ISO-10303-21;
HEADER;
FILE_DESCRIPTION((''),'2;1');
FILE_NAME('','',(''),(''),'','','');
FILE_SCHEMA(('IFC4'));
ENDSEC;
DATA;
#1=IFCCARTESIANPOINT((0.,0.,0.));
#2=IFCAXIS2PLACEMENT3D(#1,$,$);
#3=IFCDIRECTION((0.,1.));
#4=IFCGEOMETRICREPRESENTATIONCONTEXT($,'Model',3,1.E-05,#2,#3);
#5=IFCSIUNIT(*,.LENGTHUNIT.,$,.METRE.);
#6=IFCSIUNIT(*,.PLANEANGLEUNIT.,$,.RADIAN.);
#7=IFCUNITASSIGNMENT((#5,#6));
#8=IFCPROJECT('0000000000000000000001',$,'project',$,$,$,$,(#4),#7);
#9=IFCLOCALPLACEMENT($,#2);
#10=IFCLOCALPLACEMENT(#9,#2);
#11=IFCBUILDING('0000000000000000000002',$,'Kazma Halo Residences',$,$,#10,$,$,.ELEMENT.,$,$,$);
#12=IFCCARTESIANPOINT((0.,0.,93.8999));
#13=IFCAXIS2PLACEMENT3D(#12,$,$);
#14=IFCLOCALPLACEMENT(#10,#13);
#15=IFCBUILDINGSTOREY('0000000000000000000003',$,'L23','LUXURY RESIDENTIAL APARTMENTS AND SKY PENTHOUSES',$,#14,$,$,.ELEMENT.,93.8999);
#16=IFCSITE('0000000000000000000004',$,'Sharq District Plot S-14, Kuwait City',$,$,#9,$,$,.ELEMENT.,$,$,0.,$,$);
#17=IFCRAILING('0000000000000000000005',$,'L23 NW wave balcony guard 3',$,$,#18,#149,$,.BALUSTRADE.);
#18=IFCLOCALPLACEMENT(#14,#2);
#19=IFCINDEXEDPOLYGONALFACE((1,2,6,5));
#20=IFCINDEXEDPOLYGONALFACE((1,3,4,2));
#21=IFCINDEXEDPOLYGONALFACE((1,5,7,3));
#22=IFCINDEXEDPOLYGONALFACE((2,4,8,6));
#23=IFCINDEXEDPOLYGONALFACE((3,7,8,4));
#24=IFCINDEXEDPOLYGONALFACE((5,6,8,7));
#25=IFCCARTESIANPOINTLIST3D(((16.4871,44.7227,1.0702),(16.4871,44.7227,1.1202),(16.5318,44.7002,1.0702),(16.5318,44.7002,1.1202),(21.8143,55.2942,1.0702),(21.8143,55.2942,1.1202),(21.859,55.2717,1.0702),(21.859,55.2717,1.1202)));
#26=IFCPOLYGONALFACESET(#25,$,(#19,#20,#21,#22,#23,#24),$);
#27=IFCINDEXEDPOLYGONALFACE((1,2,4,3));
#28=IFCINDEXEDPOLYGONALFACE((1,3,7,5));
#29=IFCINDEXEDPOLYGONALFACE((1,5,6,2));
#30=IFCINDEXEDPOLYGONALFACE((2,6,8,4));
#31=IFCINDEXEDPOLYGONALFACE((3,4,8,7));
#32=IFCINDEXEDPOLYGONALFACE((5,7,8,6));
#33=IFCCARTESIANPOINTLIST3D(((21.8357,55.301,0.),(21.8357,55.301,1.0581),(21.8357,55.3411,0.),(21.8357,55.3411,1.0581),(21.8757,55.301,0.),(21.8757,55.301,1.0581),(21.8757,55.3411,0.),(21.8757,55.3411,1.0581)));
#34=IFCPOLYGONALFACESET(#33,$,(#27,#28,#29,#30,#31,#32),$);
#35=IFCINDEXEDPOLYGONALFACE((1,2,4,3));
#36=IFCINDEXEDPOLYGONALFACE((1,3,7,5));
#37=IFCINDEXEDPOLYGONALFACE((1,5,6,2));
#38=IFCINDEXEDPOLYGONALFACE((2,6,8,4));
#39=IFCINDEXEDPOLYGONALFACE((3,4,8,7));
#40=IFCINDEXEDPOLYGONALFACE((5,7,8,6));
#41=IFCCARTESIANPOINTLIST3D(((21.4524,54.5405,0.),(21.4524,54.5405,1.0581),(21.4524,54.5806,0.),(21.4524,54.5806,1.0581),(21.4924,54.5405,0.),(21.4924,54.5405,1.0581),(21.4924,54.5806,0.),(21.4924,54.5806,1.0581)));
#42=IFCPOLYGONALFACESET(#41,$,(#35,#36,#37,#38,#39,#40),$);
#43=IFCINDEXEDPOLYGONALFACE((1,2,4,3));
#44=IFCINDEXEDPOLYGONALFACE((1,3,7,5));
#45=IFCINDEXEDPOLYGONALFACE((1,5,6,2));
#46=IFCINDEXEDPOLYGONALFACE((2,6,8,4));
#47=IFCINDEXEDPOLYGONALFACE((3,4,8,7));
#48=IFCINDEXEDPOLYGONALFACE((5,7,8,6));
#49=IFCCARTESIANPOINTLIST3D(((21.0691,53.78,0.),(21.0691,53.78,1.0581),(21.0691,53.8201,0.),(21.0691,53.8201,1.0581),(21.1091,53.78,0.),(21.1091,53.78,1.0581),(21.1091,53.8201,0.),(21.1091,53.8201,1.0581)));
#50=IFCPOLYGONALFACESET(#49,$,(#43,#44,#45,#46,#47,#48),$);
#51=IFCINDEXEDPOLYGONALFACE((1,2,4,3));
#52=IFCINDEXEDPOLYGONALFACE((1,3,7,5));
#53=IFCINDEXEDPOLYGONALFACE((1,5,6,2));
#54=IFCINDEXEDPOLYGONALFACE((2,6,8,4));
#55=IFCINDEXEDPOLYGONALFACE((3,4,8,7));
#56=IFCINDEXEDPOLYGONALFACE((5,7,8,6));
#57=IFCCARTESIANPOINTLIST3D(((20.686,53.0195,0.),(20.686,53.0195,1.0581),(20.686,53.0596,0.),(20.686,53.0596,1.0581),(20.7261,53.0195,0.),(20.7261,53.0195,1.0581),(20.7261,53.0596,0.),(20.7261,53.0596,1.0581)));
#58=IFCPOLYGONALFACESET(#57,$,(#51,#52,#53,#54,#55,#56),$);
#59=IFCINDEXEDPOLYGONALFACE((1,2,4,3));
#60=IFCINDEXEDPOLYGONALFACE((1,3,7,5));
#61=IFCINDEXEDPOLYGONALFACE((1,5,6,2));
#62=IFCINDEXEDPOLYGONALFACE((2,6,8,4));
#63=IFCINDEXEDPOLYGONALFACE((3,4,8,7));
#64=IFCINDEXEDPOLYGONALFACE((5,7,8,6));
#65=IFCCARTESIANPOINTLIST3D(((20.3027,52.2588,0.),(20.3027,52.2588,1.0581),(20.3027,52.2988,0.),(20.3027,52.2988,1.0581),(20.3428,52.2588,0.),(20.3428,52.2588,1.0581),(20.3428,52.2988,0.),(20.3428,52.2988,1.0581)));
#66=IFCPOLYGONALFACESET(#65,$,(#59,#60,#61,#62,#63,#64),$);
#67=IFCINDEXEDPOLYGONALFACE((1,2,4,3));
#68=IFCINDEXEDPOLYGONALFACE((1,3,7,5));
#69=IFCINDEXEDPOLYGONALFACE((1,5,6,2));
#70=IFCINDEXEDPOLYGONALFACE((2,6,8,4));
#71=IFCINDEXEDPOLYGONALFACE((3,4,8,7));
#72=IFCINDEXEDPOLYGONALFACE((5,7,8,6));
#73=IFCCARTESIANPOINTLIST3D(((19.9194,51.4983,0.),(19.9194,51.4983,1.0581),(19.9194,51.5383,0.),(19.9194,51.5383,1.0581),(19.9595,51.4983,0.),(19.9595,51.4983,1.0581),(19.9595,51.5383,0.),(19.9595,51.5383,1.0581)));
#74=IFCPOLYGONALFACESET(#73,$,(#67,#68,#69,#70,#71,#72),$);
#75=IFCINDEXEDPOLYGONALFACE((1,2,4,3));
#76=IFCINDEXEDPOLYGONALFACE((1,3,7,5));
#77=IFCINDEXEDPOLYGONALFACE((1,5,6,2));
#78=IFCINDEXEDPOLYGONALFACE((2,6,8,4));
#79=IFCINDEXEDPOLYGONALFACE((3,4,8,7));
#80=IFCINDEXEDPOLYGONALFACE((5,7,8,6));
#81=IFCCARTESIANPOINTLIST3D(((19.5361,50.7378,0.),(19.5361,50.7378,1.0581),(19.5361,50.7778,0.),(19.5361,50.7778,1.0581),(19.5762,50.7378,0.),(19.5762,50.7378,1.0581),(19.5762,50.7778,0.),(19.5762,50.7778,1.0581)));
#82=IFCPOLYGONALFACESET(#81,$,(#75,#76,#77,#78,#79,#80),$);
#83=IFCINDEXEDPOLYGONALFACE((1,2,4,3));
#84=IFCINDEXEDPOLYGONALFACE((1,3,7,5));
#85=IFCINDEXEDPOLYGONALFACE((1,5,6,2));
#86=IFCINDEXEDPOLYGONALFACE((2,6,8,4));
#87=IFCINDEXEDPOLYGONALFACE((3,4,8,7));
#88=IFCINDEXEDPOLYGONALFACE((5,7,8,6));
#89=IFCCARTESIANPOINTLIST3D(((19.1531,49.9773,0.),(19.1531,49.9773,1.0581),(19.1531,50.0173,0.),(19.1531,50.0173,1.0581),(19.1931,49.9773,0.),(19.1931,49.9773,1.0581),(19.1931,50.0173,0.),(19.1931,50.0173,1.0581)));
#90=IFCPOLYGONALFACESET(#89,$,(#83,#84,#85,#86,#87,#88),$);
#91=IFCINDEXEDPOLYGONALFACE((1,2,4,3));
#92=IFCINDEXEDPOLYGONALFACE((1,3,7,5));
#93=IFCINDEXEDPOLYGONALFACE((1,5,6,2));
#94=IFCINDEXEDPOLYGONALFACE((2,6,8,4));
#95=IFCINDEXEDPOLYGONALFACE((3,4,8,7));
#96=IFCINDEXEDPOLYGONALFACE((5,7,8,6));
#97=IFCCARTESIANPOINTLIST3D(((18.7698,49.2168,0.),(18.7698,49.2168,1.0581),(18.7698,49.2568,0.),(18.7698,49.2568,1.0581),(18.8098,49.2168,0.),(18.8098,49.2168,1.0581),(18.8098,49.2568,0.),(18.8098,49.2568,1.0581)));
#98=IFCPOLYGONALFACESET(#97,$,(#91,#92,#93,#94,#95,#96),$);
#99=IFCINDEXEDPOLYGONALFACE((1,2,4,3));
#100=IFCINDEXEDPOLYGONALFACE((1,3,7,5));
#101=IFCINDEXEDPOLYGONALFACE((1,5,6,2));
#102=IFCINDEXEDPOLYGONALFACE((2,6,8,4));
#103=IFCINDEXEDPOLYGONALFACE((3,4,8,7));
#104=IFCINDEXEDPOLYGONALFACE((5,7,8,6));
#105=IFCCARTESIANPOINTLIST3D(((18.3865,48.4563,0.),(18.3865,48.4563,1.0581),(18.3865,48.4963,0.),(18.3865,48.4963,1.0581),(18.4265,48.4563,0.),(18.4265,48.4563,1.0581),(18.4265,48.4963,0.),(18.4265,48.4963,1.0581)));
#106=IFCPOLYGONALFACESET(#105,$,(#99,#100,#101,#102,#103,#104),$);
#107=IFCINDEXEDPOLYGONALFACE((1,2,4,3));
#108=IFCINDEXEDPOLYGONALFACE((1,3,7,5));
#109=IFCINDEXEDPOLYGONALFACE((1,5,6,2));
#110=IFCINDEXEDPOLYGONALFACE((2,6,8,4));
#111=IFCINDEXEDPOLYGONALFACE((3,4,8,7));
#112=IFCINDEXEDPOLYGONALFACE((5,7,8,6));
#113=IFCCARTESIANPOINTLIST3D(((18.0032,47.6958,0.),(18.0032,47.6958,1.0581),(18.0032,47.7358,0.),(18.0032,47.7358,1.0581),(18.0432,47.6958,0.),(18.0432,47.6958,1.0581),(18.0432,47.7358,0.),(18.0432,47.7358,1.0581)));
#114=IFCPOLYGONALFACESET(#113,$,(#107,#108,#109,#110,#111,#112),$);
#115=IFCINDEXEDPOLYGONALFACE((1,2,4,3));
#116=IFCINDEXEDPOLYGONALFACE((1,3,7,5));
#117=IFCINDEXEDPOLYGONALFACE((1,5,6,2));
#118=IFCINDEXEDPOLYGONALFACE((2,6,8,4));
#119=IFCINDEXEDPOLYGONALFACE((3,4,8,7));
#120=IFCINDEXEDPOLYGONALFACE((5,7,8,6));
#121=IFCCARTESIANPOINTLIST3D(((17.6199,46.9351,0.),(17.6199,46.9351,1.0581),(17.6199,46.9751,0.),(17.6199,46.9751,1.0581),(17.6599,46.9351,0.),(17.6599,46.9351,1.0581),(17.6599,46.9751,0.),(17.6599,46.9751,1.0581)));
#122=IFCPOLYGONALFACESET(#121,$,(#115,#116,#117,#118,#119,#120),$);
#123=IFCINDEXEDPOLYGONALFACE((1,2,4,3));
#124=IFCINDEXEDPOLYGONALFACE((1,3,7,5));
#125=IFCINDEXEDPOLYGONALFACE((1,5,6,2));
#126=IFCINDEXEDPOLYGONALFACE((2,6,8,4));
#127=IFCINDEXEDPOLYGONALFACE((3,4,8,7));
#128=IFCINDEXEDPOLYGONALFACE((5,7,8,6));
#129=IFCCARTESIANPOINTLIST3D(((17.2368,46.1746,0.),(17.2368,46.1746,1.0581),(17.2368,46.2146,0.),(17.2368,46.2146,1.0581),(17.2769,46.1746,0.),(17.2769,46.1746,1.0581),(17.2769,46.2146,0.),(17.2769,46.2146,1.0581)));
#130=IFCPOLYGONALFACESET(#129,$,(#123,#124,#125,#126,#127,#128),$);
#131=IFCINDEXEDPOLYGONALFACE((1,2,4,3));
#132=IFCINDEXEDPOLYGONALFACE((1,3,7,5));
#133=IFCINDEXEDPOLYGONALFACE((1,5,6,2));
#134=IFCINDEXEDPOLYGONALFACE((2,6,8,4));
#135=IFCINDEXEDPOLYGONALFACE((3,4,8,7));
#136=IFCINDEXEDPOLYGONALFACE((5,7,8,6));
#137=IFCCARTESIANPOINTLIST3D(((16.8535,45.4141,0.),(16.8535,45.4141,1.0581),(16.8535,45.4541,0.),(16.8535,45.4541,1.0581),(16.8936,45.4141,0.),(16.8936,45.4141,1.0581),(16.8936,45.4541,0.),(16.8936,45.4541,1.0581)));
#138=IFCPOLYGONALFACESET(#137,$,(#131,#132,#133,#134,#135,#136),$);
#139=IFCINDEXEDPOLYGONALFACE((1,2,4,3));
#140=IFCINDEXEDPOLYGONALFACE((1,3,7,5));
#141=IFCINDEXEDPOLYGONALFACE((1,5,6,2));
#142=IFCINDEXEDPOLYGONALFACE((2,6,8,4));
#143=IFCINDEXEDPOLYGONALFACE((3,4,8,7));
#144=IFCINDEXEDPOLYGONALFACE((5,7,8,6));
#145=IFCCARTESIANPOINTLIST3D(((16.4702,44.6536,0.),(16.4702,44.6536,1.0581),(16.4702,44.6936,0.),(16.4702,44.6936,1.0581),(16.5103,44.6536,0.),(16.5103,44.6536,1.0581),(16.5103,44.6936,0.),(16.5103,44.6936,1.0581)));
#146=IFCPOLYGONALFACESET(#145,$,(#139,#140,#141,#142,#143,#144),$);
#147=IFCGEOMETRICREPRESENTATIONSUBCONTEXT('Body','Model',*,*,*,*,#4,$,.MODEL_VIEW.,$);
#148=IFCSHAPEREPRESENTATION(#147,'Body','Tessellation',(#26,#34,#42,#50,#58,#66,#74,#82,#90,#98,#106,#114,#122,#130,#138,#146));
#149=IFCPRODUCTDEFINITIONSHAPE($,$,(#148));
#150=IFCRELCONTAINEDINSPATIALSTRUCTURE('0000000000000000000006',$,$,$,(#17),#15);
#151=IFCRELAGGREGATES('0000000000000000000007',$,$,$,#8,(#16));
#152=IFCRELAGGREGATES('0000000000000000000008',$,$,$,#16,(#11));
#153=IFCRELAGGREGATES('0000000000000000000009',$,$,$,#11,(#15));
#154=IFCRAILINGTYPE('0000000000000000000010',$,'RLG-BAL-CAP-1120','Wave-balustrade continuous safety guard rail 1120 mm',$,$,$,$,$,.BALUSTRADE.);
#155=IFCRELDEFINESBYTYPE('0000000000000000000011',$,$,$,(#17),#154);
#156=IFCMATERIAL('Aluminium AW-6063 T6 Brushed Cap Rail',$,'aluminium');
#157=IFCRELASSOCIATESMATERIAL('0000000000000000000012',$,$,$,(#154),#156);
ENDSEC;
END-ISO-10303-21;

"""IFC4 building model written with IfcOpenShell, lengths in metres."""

from ifc_helpers import new_model, si_unit, direction, frame, origin, origin_2d, place, context, subcontext, project, spatial, rectangle, extrude, material, type_object, element, save


model = new_model("IFC4")

# Units and contexts
model_context = context("Model", 3, precision=1e-05, world=origin(), true_north=direction((0.0, 1.0)))
body_context = subcontext(model_context, "Body", "Model", "MODEL_VIEW")
ifc_project = project(units=[si_unit("LENGTHUNIT", "METRE"), si_unit("PLANEANGLEUNIT", "RADIAN")], contexts=[model_context])

# Site, building, storey
site_placement = place(None, origin())
site = spatial("IfcSite", under=ifc_project, at=site_placement, Name="Sharq District Plot S-14, Kuwait City", CompositionType="ELEMENT", RefElevation=0.0)
building_placement = place(site_placement, origin())
building = spatial("IfcBuilding", under=site, at=building_placement, Name="Kazma Halo Residences", CompositionType="ELEMENT")
storey_placement = place(building_placement, frame((0.0, 0.0, 93.8999)))
storey = spatial("IfcBuildingStorey", under=building, at=storey_placement, Name="L23", Description="LUXURY RESIDENTIAL APARTMENTS AND SKY PENTHOUSES", CompositionType="ELEMENT", Elevation=93.8999)

# Railing
ifc_material_1 = material(Name="Aluminium AW-6063 T6 Brushed Cap Rail", Category="aluminium")
railing_type = type_object("IfcRailingType", Name="RLG-BAL-CAP-1120", Description="Wave-balustrade continuous safety guard rail 1120 mm", PredefinedType="BALUSTRADE", material=ifc_material_1)
railing_1_placement = place(storey_placement, frame((21.8557, 55.321, 0.0)))
element("IfcRailing", 1, at=railing_1_placement, inside=storey, type_object=railing_type, Name="L23 NW wave balcony guard 3", PredefinedType="BALUSTRADE", context=body_context, shape_type="SweptSolid", body=[
    extrude(rectangle(XDim=0.05, YDim=0.05, at=origin_2d()), frame((-0.019, -0.0381, 1.0952), z_axis=(-0.450013, -0.893022, 0.0), x_axis=(0.893022, -0.450013, 0.0)), (0.0, 0.0, 1.0), 11.8379),
    extrude(rectangle(XDim=0.04, YDim=0.04, at=origin_2d()), origin(), (0.0, 0.0, 1.0), 1.0581),
    extrude(rectangle(XDim=0.04, YDim=0.04, at=origin_2d()), frame((-0.3833, -0.7605, 0.0)), (0.0, 0.0, 1.0), 1.0581),
    extrude(rectangle(XDim=0.04, YDim=0.04, at=origin_2d()), frame((-0.7666, -1.521, 0.0)), (0.0, 0.0, 1.0), 1.0581),
    extrude(rectangle(XDim=0.04, YDim=0.04, at=origin_2d()), frame((-1.1497, -2.2815, 0.0)), (0.0, 0.0, 1.0), 1.0581),
    extrude(rectangle(XDim=0.04, YDim=0.04, at=origin_2d()), frame((-1.533, -3.0422, 0.0)), (0.0, 0.0, 1.0), 1.0581),
    extrude(rectangle(XDim=0.04, YDim=0.04, at=origin_2d()), frame((-1.9163, -3.8027, 0.0)), (0.0, 0.0, 1.0), 1.0581),
    extrude(rectangle(XDim=0.04, YDim=0.04, at=origin_2d()), frame((-2.2996, -4.5632, 0.0)), (0.0, 0.0, 1.0), 1.0581),
    extrude(rectangle(XDim=0.04, YDim=0.04, at=origin_2d()), frame((-2.6826, -5.3237, 0.0)), (0.0, 0.0, 1.0), 1.0581),
    extrude(rectangle(XDim=0.04, YDim=0.04, at=origin_2d()), frame((-3.0659, -6.0842, 0.0)), (0.0, 0.0, 1.0), 1.0581),
    extrude(rectangle(XDim=0.04, YDim=0.04, at=origin_2d()), frame((-3.4492, -6.8447, 0.0)), (0.0, 0.0, 1.0), 1.0581),
    extrude(rectangle(XDim=0.04, YDim=0.04, at=origin_2d()), frame((-3.8325, -7.6052, 0.0)), (0.0, 0.0, 1.0), 1.0581),
    extrude(rectangle(XDim=0.04, YDim=0.04, at=origin_2d()), frame((-4.2158, -8.366, 0.0)), (0.0, 0.0, 1.0), 1.0581),
    extrude(rectangle(XDim=0.04, YDim=0.04, at=origin_2d()), frame((-4.5989, -9.1265, 0.0)), (0.0, 0.0, 1.0), 1.0581),
    extrude(rectangle(XDim=0.04, YDim=0.04, at=origin_2d()), frame((-4.9822, -9.887, 0.0)), (0.0, 0.0, 1.0), 1.0581),
    extrude(rectangle(XDim=0.04, YDim=0.04, at=origin_2d()), frame((-5.3655, -10.6475, 0.0)), (0.0, 0.0, 1.0), 1.0581),
])

save(model, "model.ifc")
